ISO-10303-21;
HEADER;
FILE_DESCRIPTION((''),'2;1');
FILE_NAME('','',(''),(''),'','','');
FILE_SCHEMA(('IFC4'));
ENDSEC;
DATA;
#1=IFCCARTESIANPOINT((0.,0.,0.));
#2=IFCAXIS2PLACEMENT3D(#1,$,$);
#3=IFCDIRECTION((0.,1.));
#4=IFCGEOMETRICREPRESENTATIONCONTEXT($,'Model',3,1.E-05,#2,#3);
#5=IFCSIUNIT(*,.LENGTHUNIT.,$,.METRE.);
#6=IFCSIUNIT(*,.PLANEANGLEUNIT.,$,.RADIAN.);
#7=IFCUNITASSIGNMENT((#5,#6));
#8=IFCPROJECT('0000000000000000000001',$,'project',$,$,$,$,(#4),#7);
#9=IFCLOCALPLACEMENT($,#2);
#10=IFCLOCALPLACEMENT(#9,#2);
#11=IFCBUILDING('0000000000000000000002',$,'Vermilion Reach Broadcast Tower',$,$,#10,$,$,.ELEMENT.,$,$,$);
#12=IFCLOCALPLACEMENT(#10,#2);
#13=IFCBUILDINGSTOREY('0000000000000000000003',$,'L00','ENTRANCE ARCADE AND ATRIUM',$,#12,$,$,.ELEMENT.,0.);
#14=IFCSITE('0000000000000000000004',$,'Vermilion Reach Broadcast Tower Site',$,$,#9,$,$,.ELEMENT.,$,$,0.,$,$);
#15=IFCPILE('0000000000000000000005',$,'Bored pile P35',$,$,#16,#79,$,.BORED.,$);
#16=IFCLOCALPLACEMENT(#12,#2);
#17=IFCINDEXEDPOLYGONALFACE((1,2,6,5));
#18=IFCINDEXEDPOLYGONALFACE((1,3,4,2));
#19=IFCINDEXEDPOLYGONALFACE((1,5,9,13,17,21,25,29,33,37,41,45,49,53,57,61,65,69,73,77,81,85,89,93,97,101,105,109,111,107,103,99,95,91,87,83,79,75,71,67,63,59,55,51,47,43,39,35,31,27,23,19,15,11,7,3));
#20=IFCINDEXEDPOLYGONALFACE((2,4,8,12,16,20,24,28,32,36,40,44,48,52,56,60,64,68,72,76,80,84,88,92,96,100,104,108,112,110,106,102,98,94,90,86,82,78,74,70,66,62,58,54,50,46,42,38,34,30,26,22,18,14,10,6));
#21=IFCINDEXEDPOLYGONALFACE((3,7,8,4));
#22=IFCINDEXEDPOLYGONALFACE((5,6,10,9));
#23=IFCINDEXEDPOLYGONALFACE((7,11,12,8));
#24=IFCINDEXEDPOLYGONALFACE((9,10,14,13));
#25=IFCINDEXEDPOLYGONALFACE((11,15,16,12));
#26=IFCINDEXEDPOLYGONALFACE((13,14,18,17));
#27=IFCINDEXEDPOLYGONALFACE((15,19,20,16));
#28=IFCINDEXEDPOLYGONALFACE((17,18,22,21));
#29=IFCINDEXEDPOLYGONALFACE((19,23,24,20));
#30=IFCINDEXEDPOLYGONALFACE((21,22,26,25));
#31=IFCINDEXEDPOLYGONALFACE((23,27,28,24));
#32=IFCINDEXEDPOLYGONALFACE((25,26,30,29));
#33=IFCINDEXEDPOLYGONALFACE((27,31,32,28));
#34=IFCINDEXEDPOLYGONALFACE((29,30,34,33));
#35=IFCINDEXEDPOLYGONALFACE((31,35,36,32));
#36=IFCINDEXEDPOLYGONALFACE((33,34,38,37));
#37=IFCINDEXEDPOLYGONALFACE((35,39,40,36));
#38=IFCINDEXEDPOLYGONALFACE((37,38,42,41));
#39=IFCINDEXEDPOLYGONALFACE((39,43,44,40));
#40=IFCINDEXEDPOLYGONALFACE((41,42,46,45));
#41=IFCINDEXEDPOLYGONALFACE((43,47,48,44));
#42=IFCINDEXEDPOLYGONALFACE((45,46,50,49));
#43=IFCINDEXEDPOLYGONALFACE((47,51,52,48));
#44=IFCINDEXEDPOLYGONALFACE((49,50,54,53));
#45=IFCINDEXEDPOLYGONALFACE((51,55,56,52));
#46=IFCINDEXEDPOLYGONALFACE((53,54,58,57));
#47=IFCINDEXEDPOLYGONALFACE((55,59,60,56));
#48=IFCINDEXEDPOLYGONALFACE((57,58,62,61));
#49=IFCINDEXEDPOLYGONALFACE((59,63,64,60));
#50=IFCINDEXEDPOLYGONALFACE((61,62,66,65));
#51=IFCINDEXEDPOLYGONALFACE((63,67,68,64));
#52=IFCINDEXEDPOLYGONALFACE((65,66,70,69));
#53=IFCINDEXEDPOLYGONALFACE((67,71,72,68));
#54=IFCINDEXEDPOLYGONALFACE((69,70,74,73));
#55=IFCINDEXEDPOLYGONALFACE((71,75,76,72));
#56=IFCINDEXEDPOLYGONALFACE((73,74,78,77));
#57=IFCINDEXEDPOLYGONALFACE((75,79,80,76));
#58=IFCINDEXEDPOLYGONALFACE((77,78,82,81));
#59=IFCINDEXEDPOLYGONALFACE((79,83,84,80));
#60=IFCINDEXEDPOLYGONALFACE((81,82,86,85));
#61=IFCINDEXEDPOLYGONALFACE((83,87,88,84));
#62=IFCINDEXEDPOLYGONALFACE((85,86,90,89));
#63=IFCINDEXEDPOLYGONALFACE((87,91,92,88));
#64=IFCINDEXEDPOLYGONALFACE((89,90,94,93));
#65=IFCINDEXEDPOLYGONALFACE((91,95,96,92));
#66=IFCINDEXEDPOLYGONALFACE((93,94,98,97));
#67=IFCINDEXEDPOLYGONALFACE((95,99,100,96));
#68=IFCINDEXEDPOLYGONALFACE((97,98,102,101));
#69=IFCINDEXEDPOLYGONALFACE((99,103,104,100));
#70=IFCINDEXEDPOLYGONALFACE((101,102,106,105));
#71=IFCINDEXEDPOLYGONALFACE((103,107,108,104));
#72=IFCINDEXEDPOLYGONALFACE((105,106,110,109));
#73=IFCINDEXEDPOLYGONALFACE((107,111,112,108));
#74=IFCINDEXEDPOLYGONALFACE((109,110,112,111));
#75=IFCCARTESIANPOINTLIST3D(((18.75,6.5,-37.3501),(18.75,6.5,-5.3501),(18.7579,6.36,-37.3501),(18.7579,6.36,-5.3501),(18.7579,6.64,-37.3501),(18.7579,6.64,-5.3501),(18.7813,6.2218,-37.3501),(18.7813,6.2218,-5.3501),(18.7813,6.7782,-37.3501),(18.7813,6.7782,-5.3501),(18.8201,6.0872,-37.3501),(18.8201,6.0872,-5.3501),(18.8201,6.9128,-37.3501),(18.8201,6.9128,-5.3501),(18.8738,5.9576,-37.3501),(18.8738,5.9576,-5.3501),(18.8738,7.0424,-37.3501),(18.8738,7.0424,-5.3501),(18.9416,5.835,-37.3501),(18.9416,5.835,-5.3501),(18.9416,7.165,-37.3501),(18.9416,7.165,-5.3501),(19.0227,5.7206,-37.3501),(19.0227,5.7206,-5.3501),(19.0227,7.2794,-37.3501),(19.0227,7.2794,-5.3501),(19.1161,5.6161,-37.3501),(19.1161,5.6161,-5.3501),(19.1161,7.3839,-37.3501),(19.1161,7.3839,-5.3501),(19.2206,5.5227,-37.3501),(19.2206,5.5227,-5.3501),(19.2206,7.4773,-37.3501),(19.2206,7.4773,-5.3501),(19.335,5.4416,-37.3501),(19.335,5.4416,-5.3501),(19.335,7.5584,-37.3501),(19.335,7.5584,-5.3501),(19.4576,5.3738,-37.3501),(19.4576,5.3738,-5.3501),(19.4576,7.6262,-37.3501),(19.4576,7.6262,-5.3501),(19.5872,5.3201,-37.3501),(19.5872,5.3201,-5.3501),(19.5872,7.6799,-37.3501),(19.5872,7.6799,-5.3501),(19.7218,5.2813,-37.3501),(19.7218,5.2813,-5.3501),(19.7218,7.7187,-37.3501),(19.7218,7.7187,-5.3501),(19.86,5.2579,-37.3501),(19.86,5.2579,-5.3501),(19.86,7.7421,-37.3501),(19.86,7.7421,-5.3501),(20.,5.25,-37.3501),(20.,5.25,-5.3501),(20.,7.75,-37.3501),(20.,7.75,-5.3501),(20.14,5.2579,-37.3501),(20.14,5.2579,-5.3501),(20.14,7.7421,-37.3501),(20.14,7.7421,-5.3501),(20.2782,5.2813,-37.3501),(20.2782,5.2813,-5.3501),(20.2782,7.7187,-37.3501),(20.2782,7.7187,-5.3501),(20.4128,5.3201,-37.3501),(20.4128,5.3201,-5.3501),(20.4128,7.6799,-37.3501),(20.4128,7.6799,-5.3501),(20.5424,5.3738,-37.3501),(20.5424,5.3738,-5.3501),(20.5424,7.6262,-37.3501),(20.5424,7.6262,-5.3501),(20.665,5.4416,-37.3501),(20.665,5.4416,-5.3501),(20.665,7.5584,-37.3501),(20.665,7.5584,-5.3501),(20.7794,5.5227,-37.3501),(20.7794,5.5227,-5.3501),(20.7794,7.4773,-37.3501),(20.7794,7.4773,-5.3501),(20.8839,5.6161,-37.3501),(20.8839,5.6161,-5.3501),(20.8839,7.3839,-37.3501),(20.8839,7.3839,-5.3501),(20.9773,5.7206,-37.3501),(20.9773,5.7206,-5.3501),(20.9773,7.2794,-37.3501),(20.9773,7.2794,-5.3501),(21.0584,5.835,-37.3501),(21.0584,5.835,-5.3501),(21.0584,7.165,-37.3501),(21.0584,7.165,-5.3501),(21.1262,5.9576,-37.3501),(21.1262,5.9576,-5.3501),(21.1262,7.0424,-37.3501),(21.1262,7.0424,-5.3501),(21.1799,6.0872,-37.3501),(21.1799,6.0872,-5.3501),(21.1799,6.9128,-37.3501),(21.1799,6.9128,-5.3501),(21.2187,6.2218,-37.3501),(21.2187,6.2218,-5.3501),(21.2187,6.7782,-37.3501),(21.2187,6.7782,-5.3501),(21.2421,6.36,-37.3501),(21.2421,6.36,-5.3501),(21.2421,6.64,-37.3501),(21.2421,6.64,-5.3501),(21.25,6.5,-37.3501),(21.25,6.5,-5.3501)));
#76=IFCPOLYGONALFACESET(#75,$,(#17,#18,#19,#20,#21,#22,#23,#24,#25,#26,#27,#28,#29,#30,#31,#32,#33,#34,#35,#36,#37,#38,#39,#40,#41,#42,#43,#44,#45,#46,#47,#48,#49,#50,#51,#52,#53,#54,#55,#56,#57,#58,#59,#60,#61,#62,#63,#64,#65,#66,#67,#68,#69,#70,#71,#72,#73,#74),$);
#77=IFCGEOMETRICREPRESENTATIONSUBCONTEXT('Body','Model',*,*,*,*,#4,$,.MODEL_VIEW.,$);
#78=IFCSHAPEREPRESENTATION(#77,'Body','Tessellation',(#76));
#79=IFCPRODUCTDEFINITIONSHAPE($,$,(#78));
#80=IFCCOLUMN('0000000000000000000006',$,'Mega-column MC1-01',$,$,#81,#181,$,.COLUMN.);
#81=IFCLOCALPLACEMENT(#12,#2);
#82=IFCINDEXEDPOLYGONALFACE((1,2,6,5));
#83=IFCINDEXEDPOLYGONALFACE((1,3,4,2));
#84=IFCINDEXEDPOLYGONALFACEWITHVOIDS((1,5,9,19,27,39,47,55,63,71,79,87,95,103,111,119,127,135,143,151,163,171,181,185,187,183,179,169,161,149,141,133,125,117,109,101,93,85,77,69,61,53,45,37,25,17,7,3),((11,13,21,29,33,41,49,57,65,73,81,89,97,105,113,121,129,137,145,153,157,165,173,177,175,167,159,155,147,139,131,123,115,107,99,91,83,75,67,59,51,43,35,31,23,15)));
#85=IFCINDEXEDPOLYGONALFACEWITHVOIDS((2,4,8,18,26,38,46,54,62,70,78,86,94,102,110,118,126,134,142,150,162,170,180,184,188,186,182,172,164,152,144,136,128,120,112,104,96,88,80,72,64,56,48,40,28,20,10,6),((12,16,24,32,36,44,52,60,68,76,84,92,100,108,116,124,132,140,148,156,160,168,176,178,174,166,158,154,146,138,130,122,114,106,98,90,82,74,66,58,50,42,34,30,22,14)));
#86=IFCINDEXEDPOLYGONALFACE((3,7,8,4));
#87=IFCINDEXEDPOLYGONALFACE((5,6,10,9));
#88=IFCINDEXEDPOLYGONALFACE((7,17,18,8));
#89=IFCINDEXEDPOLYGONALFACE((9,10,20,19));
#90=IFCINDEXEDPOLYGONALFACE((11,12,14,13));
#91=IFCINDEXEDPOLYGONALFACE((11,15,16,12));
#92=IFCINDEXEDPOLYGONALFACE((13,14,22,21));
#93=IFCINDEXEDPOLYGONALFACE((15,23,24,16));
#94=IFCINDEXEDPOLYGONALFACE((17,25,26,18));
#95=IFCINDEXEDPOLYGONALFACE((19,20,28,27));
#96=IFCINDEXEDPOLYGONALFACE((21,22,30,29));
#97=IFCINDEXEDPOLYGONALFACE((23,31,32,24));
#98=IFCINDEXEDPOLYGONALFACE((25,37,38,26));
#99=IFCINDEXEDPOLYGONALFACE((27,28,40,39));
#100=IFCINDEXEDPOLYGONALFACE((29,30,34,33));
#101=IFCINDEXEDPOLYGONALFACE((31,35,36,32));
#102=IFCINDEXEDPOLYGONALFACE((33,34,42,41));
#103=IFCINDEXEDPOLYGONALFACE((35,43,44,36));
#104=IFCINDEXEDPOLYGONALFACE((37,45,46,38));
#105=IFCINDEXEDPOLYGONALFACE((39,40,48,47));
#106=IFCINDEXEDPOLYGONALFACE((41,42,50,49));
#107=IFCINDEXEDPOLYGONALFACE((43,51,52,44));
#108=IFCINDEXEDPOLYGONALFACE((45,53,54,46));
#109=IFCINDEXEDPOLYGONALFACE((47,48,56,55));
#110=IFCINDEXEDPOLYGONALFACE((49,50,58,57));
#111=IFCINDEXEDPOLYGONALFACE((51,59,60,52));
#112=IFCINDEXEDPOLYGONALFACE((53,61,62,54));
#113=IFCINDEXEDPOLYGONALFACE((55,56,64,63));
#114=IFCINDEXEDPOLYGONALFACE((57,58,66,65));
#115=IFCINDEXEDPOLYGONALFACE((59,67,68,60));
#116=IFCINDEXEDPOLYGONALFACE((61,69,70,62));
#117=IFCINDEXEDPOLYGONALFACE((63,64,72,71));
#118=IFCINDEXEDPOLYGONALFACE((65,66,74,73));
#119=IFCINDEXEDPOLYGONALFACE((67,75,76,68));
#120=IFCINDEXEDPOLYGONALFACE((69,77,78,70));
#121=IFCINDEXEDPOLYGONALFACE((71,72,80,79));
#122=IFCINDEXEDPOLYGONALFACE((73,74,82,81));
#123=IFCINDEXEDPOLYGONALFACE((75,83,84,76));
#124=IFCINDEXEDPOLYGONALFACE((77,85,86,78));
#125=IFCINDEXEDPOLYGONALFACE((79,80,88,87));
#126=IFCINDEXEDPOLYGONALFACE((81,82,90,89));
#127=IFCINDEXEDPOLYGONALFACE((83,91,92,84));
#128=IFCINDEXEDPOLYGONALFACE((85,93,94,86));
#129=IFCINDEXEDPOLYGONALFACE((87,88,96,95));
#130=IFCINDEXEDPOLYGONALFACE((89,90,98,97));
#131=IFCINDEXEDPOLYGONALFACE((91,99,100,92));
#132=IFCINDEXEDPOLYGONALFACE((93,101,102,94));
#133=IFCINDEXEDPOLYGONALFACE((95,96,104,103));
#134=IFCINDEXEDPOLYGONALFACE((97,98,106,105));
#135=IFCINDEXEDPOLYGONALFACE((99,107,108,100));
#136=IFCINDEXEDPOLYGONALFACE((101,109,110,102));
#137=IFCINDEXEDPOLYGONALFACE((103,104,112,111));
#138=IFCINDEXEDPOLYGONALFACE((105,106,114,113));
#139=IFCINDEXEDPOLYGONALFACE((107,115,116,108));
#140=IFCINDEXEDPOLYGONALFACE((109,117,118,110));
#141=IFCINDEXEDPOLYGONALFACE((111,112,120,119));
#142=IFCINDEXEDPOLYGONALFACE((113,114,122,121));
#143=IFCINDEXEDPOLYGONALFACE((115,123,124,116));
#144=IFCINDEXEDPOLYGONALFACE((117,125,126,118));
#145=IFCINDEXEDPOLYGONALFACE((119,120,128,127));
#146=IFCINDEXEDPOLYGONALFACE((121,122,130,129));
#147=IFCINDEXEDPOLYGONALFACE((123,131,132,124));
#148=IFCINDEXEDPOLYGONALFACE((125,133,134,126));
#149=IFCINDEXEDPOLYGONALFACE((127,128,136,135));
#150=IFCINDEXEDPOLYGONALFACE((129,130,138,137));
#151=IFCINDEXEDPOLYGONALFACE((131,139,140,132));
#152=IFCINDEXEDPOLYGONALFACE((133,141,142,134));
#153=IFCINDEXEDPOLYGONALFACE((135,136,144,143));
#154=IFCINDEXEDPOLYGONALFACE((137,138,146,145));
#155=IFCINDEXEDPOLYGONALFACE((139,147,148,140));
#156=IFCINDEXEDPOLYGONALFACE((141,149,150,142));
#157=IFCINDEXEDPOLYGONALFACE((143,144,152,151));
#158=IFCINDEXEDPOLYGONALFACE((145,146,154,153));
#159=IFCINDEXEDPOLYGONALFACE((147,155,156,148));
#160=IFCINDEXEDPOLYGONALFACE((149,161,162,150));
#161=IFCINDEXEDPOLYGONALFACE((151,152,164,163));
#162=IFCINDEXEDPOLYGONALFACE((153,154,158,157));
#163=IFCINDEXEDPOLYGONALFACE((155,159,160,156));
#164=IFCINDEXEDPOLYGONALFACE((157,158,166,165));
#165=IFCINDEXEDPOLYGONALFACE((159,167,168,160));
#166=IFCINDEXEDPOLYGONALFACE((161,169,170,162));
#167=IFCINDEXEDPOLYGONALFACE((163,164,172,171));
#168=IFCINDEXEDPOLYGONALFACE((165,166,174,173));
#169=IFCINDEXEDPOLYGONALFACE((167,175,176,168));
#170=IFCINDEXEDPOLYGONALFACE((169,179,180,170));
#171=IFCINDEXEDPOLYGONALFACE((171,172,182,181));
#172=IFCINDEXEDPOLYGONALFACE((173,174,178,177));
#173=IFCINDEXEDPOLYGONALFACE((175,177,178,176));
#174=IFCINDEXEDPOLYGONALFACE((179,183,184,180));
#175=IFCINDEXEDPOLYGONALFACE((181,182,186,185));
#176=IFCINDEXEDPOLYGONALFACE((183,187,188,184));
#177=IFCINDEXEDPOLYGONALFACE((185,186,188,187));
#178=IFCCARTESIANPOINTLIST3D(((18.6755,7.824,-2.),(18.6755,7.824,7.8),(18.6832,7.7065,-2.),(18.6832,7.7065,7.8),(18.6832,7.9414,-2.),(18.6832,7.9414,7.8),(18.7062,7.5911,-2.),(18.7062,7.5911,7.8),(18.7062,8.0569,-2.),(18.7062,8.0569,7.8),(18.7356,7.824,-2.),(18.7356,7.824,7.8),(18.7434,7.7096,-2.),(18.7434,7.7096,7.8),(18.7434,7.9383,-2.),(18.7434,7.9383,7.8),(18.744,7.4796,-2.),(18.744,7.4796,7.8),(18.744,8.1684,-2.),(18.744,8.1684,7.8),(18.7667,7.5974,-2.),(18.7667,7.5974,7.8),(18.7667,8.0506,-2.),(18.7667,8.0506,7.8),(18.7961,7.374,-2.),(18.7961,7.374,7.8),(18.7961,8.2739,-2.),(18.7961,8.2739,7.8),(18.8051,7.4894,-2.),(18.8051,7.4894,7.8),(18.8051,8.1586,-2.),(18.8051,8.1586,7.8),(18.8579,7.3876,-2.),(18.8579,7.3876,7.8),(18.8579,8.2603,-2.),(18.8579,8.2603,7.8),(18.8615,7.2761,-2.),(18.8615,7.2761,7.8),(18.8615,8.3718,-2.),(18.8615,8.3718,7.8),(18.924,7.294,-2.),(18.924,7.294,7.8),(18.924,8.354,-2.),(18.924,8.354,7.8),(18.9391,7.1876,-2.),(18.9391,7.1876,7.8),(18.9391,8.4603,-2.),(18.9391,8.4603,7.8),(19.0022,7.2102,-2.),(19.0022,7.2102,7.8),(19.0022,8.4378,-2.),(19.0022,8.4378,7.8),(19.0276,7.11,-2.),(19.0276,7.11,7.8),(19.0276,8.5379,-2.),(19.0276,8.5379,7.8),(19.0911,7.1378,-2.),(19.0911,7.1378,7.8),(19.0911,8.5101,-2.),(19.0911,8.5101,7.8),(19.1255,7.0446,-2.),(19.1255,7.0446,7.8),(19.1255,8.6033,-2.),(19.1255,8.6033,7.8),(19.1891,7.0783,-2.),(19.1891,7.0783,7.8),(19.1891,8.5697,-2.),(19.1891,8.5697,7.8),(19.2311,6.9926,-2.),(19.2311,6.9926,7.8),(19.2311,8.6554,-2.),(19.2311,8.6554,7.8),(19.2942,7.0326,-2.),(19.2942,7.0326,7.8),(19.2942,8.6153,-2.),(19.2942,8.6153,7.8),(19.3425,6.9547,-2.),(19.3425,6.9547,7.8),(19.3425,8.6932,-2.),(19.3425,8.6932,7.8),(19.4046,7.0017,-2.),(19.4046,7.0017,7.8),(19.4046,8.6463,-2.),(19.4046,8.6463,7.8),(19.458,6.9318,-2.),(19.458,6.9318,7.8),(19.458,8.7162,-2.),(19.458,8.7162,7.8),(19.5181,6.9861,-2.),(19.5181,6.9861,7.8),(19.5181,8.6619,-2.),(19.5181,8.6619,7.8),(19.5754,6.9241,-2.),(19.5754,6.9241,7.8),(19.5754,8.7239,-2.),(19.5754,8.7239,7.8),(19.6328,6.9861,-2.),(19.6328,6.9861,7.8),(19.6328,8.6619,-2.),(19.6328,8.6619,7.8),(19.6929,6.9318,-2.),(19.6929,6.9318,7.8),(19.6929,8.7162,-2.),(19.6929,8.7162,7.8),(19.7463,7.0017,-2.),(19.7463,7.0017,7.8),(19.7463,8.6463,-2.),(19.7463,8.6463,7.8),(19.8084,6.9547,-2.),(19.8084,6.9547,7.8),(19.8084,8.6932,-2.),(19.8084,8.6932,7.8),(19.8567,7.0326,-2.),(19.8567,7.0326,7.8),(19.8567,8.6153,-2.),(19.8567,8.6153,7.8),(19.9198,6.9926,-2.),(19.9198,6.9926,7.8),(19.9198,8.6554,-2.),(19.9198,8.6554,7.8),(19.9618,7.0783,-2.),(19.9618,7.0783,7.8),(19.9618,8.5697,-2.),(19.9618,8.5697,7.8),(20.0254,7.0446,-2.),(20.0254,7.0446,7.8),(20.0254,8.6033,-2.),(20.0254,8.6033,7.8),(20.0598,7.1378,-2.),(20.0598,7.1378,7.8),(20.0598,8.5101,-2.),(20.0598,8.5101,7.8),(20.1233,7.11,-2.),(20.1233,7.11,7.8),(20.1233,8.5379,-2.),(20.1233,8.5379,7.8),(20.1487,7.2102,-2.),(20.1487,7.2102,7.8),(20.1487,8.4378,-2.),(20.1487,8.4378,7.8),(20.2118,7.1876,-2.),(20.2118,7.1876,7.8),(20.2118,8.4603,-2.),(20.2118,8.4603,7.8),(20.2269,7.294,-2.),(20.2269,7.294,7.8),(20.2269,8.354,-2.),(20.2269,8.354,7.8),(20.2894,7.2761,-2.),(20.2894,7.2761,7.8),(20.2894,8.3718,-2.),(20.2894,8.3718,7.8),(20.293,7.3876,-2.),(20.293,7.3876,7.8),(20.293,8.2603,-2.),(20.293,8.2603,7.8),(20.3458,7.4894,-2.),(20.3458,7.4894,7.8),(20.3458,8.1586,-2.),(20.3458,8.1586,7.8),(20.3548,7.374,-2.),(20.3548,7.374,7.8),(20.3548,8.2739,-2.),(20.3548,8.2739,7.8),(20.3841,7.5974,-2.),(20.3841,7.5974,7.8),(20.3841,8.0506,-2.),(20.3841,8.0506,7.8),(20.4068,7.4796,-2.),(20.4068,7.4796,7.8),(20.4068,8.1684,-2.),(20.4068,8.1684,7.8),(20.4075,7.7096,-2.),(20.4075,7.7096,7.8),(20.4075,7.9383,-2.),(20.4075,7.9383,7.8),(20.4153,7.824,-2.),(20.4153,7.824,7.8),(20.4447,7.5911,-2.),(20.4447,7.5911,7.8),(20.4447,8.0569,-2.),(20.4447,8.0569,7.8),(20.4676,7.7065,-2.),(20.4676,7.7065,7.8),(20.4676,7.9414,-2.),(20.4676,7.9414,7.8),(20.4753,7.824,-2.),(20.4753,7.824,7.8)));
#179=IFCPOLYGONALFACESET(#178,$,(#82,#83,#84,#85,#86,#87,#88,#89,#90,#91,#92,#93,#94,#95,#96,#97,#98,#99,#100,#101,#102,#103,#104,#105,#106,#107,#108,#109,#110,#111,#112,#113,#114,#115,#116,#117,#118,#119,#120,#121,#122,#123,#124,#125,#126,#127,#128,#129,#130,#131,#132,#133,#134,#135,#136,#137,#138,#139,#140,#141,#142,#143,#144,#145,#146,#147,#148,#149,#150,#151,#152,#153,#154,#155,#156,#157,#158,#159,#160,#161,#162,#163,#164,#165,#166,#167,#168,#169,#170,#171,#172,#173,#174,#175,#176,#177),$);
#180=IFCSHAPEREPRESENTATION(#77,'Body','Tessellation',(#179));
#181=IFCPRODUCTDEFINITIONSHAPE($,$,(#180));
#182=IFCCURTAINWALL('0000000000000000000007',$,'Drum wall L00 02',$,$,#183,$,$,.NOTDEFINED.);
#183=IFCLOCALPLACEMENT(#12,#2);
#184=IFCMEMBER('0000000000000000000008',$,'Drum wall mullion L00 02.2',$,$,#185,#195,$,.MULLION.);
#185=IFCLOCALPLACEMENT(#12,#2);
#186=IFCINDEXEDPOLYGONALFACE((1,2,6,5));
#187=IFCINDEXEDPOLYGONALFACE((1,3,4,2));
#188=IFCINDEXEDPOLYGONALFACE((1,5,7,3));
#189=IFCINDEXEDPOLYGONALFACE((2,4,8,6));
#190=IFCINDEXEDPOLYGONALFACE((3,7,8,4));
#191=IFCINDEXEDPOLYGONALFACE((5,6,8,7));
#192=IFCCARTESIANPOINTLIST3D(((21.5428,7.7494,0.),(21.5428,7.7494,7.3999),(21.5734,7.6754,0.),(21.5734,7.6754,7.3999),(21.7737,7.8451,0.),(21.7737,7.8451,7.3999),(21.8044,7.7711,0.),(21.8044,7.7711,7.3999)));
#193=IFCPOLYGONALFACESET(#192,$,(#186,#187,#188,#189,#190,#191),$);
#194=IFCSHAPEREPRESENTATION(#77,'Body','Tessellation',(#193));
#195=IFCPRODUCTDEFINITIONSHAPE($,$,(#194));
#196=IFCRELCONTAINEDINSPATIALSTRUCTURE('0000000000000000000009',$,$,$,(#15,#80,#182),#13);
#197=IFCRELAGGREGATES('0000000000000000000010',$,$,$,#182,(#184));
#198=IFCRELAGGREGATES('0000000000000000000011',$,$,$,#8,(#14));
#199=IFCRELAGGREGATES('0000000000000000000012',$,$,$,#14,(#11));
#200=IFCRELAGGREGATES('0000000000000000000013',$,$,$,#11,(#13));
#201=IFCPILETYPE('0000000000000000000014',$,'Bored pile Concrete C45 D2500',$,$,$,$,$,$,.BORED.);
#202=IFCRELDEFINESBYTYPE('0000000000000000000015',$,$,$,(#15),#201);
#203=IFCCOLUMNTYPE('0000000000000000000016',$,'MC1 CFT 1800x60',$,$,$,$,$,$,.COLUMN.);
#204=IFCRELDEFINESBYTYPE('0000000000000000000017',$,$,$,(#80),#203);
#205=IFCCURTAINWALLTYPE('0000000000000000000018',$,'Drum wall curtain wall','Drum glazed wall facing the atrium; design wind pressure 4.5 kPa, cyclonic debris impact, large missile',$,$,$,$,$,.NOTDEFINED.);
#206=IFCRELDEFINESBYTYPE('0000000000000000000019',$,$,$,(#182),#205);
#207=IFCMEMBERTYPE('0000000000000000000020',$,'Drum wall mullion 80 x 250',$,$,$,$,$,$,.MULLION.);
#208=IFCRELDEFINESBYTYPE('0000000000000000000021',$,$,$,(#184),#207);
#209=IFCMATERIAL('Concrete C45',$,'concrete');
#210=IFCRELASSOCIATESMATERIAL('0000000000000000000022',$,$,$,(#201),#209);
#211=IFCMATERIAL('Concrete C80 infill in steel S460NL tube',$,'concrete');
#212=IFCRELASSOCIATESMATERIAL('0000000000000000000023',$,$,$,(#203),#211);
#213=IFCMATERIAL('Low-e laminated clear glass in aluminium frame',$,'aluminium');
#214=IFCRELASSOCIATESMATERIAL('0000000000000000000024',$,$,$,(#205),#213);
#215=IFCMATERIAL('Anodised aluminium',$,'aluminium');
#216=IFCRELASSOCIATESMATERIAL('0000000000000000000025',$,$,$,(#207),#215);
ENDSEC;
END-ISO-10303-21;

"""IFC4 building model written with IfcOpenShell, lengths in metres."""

from ifc_helpers import new_model, si_unit, direction, frame, origin, origin_2d, place, context, subcontext, project, spatial, rectangle, circle, hollow_circle, extrude, material, material_profile, profile_set, type_object, element, aggregate, save


model = new_model("IFC4")

# Units and contexts
model_context = context("Model", 3, precision=1e-05, world=origin(), true_north=direction((0.0, 1.0)))
body_context = subcontext(model_context, "Body", "Model", "MODEL_VIEW")
ifc_project = project(units=[si_unit("LENGTHUNIT", "METRE"), si_unit("PLANEANGLEUNIT", "RADIAN")], contexts=[model_context])

# Site, building, storey
site_placement = place(None, origin())
site = spatial("IfcSite", under=ifc_project, at=site_placement, Name="Vermilion Reach Broadcast Tower Site", CompositionType="ELEMENT", RefElevation=0.0)
building_placement = place(site_placement, origin())
building = spatial("IfcBuilding", under=site, at=building_placement, Name="Vermilion Reach Broadcast Tower", CompositionType="ELEMENT")
storey_placement = place(building_placement, origin())
storey = spatial("IfcBuildingStorey", under=building, at=storey_placement, Name="L00", Description="ENTRANCE ARCADE AND ATRIUM", CompositionType="ELEMENT", Elevation=0.0)

# Pile
ifc_material_1 = material(Name="Concrete C45", Category="concrete")
ifc_material_profile_1 = material_profile(ifc_material_1, circle(Radius=1.25, at=origin_2d()), Name="Concrete C45 D2500")
ifc_profile_set_1 = profile_set([ifc_material_profile_1], Name="Concrete C45")
pile_type = type_object("IfcPileType", Name="Bored pile Concrete C45 D2500", PredefinedType="BORED", material=ifc_profile_set_1)
pile_placement = place(storey_placement, frame((20.0, 6.5, -5.3501), z_axis=(0.0, 0.0, -1.0), x_axis=(1.0, 0.0, 0.0)))
element("IfcPile", 1, at=pile_placement, inside=storey, type_object=pile_type, Name="Bored pile P35", PredefinedType="BORED", context=body_context, shape_type="SweptSolid", body=[
    extrude(circle(Radius=1.25, at=origin_2d()), origin(), (0.0, 0.0, 1.0), 32.0),
])

# Column
ifc_material_2 = material(Name="Concrete C80 infill in steel S460NL tube", Category="concrete")
ifc_material_profile_2 = material_profile(ifc_material_2, hollow_circle(Radius=0.8999, WallThickness=0.0601, at=origin_2d()), Name="Concrete C80 infill in steel S460NL tube CFT 1800x60")
ifc_profile_set_2 = profile_set([ifc_material_profile_2], Name="Concrete C80 infill in steel S460NL tube")
column_type = type_object("IfcColumnType", Name="MC1 CFT 1800x60", PredefinedType="COLUMN", material=ifc_profile_set_2)
column_placement = place(storey_placement, frame((19.5754, 7.824, -2.0), z_axis=(0.0, 0.0, 1.0), x_axis=(1.0, 0.0, 0.0)))
element("IfcColumn", 2, at=column_placement, inside=storey, type_object=column_type, Name="Mega-column MC1-01", PredefinedType="COLUMN", context=body_context, shape_type="SweptSolid", body=[
    extrude(hollow_circle(Radius=0.8999, WallThickness=0.0601, at=origin_2d()), origin(), (0.0, 0.0, 1.0), 9.8),
])

# Curtain wall, member
ifc_material_3 = material(Name="Low-e laminated clear glass in aluminium frame", Category="aluminium")
curtain_wall_type = type_object("IfcCurtainWallType", Name="Drum wall curtain wall", Description="Drum glazed wall facing the atrium; design wind pressure 4.5 kPa, cyclonic debris impact, large missile", PredefinedType="NOTDEFINED", material=ifc_material_3)
placement = place(storey_placement, origin())
curtain_wall_1 = element("IfcCurtainWall", 3, at=placement, inside=storey, type_object=curtain_wall_type, Name="Drum wall L00 02", PredefinedType="NOTDEFINED")
ifc_material_4 = material(Name="Anodised aluminium", Category="aluminium")
ifc_material_profile_3 = material_profile(ifc_material_4, rectangle(XDim=0.25, YDim=0.0801, at=origin_2d()), Name="Drum wall mullion 80 x 250")
ifc_profile_set_3 = profile_set([ifc_material_profile_3], Name="Anodised aluminium")
member_type_1 = type_object("IfcMemberType", Name="Drum wall mullion 80 x 250", PredefinedType="MULLION", material=ifc_profile_set_3)
member_1_placement = place(storey_placement, frame((21.6736, 7.7603, 0.0), z_axis=(0.0, 0.0, 1.0), x_axis=(0.923875, 0.382693, 0.0)))
member_1 = element("IfcMember", 4, at=member_1_placement, type_object=member_type_1, Name="Drum wall mullion L00 02.2", PredefinedType="MULLION", context=body_context, shape_type="SweptSolid", body=[
    extrude(rectangle(XDim=0.25, YDim=0.0801, at=origin_2d()), origin(), (0.0, 0.0, 1.0), 7.3999),
])

aggregate(curtain_wall_1, [member_1])

save(model, "model.ifc")
